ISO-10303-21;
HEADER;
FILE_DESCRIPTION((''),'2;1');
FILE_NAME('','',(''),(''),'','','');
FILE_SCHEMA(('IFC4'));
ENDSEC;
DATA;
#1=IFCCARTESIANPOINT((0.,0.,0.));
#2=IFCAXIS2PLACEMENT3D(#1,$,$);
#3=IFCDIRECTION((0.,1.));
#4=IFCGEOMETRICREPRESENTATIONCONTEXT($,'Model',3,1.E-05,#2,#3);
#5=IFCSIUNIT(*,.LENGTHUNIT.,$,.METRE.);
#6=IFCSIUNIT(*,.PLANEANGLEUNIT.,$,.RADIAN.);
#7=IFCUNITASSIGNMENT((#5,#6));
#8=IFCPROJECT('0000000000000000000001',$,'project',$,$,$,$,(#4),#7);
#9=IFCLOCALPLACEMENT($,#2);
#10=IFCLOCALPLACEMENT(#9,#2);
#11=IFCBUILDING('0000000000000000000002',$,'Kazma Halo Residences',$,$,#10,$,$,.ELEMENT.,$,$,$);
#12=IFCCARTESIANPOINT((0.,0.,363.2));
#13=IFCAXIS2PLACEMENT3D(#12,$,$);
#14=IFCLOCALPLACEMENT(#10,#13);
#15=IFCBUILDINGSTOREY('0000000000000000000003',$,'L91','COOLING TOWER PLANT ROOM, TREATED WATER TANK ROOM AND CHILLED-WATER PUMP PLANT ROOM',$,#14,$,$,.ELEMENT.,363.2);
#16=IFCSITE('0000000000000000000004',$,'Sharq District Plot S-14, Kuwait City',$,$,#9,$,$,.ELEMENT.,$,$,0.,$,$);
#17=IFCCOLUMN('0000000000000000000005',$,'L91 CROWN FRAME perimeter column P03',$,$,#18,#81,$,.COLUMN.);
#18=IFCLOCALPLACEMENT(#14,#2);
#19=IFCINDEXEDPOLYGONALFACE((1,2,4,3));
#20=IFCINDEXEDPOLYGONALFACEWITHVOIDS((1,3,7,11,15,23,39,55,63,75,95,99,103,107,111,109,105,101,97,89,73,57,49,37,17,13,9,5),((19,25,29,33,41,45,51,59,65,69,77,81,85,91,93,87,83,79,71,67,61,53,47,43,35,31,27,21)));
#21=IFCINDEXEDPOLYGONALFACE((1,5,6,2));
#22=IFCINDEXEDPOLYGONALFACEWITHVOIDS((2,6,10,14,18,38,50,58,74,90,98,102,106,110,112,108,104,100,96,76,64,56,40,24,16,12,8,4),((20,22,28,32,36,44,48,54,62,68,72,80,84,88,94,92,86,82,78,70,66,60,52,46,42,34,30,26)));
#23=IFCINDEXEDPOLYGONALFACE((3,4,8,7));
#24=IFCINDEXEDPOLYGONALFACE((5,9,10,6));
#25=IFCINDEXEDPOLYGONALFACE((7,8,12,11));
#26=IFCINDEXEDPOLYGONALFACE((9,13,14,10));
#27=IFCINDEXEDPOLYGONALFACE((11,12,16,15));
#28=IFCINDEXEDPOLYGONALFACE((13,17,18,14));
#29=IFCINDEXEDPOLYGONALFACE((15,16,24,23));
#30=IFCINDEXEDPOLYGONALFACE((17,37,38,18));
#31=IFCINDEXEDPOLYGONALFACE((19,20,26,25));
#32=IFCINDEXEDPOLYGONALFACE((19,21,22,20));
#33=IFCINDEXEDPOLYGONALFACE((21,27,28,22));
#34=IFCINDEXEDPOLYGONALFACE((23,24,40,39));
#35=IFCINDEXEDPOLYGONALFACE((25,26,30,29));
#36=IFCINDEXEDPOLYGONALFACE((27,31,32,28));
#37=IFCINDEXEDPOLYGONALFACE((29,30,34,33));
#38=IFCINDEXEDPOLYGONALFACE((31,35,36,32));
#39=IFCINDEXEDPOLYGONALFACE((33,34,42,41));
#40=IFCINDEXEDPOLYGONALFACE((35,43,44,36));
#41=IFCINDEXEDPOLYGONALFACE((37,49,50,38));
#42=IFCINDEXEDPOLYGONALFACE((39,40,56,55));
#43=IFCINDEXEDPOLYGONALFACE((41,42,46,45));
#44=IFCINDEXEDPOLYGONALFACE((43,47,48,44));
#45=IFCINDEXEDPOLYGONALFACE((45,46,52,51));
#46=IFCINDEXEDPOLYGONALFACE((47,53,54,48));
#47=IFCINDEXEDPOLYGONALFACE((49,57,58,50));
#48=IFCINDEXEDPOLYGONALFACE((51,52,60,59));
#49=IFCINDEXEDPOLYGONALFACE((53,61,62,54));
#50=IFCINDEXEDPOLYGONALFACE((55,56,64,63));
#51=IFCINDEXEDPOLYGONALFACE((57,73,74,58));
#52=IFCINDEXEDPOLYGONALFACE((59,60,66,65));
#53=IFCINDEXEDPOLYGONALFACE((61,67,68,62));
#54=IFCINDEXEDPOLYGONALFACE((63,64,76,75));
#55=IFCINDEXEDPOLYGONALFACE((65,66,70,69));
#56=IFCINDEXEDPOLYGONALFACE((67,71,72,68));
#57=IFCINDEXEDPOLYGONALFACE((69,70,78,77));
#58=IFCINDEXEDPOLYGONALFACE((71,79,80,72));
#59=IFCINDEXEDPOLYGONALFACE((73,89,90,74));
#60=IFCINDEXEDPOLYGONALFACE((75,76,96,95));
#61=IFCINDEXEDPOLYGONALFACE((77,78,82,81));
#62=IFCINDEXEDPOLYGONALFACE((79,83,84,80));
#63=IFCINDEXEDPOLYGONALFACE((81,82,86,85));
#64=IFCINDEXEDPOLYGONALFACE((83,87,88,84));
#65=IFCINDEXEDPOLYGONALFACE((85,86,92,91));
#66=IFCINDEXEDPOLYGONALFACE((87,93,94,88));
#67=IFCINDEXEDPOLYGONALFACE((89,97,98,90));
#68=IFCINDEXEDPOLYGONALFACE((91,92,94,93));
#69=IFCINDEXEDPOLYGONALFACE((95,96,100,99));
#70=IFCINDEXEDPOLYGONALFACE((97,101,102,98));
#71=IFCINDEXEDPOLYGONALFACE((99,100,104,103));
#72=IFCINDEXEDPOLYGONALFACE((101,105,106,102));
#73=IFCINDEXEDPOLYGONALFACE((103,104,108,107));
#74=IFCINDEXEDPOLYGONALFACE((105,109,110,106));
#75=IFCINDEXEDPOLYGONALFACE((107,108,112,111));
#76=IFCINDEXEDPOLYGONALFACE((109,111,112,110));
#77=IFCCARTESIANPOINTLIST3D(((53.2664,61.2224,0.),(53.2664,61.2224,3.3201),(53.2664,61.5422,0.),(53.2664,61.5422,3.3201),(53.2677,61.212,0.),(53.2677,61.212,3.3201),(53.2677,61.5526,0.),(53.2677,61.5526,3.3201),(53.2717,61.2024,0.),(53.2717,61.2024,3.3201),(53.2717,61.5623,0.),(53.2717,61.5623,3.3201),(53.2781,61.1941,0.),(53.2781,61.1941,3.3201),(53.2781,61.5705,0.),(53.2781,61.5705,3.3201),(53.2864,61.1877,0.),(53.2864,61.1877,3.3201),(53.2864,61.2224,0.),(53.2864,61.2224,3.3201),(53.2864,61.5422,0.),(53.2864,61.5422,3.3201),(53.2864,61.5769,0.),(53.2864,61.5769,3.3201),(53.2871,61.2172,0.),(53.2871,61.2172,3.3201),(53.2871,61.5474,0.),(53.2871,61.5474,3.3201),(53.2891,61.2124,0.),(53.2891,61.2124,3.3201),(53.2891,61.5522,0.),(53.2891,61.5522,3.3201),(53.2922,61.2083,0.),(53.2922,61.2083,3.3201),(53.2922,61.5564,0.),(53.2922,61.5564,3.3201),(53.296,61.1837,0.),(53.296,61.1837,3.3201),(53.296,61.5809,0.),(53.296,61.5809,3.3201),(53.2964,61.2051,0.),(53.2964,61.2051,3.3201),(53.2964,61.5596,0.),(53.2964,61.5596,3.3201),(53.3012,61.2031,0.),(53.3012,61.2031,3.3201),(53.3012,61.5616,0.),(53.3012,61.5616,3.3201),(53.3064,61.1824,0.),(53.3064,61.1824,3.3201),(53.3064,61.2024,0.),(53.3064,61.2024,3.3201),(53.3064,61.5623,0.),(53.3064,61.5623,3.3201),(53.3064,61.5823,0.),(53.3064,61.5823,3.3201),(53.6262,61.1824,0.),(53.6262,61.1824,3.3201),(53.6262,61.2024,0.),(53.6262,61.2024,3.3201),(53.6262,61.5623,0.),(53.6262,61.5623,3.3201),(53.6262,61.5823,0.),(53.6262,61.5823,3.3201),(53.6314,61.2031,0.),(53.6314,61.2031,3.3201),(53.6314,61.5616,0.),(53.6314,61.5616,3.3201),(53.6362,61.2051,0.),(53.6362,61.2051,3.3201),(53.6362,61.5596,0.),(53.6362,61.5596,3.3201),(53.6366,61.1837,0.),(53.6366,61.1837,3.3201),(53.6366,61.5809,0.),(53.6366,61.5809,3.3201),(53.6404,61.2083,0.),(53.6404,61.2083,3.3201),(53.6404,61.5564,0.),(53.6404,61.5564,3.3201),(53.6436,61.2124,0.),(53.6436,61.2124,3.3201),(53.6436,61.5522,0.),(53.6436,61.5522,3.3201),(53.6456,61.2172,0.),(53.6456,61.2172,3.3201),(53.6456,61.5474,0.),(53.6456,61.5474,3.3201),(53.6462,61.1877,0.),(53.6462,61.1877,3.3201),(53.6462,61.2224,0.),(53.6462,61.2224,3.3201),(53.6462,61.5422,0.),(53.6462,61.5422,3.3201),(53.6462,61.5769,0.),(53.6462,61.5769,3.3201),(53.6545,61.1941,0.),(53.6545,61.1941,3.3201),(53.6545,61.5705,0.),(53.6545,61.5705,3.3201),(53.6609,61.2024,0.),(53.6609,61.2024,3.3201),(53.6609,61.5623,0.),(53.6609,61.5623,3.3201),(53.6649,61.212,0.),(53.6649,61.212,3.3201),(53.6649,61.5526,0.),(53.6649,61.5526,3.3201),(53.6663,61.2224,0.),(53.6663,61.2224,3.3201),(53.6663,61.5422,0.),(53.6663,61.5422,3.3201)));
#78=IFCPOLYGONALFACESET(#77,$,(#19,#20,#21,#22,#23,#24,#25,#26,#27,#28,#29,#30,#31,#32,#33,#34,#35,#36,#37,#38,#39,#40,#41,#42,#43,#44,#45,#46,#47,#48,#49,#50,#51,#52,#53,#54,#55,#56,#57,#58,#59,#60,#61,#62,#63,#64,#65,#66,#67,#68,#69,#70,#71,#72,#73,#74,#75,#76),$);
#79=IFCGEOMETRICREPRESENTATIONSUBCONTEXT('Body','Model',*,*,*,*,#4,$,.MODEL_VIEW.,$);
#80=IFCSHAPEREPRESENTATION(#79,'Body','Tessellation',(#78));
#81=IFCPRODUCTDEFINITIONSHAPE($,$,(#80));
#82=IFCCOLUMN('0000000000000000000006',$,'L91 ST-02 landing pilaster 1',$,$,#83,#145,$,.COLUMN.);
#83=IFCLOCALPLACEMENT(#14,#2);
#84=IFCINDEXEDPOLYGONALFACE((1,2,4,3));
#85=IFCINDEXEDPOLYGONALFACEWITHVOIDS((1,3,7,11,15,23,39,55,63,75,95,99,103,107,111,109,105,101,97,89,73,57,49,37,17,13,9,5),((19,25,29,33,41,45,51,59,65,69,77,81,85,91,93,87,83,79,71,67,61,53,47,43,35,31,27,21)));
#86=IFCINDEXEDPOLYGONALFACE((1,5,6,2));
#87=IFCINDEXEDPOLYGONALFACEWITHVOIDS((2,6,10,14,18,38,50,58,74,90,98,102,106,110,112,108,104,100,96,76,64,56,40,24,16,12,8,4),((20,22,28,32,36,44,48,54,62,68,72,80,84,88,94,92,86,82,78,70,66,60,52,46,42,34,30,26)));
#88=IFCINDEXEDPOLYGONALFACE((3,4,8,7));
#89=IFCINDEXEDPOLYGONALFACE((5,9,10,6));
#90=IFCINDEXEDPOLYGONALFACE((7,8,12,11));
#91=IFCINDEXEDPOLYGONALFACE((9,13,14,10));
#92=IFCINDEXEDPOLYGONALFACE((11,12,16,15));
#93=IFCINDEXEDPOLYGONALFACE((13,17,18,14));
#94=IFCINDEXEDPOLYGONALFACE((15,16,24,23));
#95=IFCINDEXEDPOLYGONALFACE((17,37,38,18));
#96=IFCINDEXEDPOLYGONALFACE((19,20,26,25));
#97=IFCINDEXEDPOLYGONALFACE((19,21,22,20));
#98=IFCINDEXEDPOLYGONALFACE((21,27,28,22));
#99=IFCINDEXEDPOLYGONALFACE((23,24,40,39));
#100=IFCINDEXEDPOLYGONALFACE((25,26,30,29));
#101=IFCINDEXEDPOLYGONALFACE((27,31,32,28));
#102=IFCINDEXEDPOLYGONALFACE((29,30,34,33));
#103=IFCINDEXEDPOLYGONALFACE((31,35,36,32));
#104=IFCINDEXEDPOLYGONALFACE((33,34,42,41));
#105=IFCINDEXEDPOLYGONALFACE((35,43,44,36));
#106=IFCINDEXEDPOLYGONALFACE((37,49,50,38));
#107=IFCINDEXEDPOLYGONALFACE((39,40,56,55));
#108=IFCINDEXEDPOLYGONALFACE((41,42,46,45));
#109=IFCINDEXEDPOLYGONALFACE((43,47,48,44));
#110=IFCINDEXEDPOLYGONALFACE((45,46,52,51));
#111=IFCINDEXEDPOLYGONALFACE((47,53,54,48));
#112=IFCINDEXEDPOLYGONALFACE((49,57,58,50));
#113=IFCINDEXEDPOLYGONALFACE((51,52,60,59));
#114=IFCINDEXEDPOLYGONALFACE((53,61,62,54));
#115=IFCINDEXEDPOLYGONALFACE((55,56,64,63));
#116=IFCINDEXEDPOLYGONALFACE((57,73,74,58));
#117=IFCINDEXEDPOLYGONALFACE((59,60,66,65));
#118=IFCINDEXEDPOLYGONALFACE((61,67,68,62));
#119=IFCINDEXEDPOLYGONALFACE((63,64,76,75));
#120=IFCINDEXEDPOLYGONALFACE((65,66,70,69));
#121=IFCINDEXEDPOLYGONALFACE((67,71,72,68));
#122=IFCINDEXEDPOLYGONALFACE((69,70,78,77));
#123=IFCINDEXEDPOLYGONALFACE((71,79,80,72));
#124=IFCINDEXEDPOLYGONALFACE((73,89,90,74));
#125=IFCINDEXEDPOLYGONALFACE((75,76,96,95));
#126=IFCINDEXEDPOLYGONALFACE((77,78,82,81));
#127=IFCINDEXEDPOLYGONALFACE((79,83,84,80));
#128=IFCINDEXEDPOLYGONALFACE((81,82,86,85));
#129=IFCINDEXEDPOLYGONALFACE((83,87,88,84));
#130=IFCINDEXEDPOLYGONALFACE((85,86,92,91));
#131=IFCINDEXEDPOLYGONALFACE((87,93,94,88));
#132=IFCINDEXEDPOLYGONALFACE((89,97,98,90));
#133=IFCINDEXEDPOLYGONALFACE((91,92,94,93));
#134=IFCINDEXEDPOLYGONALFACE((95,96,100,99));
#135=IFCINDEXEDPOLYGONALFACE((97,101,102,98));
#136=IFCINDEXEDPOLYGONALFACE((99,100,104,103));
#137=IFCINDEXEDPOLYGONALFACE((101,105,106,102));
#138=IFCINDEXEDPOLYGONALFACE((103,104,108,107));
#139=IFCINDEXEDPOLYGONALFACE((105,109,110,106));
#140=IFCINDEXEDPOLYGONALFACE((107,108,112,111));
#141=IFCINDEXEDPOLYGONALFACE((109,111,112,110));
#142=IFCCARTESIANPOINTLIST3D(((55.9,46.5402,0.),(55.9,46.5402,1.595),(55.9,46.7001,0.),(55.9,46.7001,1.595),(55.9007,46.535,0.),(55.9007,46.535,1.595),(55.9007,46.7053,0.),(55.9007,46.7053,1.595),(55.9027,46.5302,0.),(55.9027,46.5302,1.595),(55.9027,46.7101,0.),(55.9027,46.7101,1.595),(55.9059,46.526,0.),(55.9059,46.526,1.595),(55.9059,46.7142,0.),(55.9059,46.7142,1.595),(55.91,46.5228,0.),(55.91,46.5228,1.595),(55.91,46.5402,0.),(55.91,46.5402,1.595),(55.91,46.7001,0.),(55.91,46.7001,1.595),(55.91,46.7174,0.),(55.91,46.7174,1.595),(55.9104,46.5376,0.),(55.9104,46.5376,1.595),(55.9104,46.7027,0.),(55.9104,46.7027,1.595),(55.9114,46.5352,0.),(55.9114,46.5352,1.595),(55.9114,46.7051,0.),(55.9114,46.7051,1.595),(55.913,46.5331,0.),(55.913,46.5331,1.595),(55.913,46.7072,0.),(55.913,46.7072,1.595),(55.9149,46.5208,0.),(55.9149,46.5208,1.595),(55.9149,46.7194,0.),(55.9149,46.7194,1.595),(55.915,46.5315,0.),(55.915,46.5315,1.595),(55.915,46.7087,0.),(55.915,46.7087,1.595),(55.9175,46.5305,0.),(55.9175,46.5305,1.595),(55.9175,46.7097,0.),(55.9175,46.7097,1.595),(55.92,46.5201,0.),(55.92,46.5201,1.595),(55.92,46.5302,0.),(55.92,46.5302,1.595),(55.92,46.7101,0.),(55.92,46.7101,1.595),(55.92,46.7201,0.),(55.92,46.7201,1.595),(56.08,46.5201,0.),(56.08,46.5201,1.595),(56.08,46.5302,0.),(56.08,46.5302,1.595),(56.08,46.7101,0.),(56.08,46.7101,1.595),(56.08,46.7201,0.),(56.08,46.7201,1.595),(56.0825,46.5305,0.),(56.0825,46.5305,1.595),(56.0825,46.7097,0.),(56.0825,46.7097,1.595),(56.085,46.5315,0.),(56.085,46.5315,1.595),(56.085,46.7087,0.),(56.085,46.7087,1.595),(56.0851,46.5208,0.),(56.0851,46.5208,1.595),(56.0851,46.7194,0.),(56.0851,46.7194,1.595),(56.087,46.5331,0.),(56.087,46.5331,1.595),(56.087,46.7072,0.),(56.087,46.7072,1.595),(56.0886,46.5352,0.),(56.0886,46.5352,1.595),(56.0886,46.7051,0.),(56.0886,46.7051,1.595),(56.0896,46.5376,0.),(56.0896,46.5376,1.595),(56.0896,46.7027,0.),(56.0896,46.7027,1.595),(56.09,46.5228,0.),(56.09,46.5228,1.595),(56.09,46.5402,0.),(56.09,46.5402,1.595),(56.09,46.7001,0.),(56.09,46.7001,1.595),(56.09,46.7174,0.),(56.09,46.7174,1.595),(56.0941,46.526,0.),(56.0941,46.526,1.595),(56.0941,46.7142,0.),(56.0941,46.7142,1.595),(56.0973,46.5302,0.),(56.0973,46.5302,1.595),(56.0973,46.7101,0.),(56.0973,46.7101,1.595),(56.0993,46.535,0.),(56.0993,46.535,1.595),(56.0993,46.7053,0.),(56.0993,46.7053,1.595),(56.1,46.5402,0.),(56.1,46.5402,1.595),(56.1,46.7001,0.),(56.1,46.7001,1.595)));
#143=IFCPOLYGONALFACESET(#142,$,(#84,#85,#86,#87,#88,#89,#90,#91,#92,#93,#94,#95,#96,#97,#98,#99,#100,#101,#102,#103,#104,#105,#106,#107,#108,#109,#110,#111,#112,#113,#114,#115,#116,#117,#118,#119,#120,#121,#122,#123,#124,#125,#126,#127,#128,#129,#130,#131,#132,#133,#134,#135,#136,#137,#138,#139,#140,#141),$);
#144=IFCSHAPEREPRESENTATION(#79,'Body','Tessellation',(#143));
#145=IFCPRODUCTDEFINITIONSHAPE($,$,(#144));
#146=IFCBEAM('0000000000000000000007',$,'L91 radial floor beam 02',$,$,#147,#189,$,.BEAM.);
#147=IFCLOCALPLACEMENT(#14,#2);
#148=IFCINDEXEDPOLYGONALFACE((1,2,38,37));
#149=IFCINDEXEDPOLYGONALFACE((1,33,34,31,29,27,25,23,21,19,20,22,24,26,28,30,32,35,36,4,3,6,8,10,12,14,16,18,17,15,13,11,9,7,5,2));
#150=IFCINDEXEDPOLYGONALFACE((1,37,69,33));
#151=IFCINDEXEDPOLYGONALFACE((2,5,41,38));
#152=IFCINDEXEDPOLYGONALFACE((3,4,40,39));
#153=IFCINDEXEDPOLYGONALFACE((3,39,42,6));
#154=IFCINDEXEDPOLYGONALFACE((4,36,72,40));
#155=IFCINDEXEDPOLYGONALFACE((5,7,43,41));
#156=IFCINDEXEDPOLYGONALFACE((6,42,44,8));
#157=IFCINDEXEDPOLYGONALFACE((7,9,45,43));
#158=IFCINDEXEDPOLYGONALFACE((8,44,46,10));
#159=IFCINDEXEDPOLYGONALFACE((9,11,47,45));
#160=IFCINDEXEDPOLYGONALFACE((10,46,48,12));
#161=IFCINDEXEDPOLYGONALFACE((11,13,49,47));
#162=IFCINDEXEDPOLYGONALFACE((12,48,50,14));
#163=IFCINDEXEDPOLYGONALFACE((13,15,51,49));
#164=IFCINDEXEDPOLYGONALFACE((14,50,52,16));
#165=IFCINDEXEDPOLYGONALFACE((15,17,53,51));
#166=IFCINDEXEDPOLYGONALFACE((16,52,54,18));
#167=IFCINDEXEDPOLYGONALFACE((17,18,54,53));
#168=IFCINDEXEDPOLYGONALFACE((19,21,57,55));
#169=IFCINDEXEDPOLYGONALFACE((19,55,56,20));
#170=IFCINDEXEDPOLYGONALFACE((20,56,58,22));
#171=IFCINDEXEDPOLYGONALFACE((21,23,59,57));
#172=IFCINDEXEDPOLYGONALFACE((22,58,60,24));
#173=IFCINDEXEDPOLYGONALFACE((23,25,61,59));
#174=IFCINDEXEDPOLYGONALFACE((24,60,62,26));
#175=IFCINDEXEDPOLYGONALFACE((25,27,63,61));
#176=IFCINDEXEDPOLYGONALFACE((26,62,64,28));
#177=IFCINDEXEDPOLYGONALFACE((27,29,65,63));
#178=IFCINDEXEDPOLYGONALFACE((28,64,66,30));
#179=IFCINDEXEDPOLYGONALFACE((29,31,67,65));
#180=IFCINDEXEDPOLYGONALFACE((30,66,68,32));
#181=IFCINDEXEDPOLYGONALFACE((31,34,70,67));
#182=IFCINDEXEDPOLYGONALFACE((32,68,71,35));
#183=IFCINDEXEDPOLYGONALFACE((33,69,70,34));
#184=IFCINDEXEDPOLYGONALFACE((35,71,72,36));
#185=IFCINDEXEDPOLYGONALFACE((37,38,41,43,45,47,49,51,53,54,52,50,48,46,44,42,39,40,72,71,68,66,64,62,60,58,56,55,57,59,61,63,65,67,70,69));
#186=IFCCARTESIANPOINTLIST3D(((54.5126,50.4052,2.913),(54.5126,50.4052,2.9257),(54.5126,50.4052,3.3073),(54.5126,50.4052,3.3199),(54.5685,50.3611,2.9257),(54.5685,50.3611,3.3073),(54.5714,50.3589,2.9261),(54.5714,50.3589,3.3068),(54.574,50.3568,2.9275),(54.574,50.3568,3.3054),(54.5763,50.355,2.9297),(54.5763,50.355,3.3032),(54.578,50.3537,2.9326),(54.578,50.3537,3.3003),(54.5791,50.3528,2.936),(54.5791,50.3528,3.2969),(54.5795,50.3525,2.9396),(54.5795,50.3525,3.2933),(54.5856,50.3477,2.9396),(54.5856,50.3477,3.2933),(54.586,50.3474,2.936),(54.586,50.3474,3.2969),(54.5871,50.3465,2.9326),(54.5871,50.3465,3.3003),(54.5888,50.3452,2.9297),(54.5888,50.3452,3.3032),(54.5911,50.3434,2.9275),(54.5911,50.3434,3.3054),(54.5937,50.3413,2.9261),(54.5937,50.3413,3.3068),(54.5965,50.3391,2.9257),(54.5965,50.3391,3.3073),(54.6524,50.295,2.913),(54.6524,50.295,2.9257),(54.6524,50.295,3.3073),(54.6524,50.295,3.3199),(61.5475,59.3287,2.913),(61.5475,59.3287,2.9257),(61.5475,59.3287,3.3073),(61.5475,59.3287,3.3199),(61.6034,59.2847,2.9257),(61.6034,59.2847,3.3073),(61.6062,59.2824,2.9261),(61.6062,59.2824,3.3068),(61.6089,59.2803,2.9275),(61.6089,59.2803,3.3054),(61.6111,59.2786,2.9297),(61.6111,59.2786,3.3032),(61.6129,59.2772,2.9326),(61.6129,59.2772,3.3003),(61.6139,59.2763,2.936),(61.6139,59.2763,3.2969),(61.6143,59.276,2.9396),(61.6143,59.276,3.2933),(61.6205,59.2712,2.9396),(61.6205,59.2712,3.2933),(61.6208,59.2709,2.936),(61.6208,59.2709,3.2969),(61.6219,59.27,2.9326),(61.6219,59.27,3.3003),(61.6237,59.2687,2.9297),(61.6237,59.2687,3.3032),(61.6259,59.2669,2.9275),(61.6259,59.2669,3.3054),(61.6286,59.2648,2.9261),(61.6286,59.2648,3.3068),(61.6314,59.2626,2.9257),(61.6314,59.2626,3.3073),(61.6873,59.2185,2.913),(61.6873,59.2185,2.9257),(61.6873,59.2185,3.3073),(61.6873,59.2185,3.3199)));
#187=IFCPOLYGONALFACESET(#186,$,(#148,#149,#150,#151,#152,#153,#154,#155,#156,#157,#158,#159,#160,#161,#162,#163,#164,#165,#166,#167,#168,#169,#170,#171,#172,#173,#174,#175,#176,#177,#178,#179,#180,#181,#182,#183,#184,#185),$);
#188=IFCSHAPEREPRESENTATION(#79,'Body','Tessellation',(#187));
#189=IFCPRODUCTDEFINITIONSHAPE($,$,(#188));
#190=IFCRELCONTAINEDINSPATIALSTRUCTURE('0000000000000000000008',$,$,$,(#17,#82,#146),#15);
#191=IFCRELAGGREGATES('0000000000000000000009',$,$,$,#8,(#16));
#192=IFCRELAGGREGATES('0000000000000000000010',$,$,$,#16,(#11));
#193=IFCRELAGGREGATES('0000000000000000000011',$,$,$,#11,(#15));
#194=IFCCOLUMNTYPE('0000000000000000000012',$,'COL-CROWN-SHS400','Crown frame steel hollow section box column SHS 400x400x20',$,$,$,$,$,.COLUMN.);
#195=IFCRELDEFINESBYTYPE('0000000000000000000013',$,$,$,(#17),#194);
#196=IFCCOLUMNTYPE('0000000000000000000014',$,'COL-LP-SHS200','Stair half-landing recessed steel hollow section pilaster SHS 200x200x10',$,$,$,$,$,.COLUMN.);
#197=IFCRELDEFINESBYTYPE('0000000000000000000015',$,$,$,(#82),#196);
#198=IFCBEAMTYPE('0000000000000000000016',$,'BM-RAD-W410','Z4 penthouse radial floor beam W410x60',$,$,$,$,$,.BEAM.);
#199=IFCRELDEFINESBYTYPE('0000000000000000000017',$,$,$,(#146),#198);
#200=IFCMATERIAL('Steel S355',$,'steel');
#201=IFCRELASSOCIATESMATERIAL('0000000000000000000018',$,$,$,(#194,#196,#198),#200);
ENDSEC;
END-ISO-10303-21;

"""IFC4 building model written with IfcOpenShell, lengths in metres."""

from ifc_helpers import new_model, si_unit, direction, frame, origin, origin_2d, place, context, subcontext, project, spatial, hollow_rectangle, i_section, extrude, material, material_profile, profile_set, type_object, element, save


model = new_model("IFC4")

# Units and contexts
model_context = context("Model", 3, precision=1e-05, world=origin(), true_north=direction((0.0, 1.0)))
body_context = subcontext(model_context, "Body", "Model", "MODEL_VIEW")
ifc_project = project(units=[si_unit("LENGTHUNIT", "METRE"), si_unit("PLANEANGLEUNIT", "RADIAN")], contexts=[model_context])

# Site, building, storey
site_placement = place(None, origin())
site = spatial("IfcSite", under=ifc_project, at=site_placement, Name="Sharq District Plot S-14, Kuwait City", CompositionType="ELEMENT", RefElevation=0.0)
building_placement = place(site_placement, origin())
building = spatial("IfcBuilding", under=site, at=building_placement, Name="Kazma Halo Residences", CompositionType="ELEMENT")
storey_placement = place(building_placement, frame((0.0, 0.0, 363.2)))
storey = spatial("IfcBuildingStorey", under=building, at=storey_placement, Name="L91", Description="COOLING TOWER PLANT ROOM, TREATED WATER TANK ROOM AND CHILLED-WATER PUMP PLANT ROOM", CompositionType="ELEMENT", Elevation=363.2)

# Columns
ifc_material_1 = material(Name="Steel S355", Category="steel")
ifc_material_profile_1 = material_profile(ifc_material_1, hollow_rectangle(XDim=0.3999, YDim=0.3999, WallThickness=0.02, InnerFilletRadius=0.02, OuterFilletRadius=0.04, at=origin_2d()), Name="SHS400x400x20")
ifc_profile_set_1 = profile_set([ifc_material_profile_1], Name="Steel S355")
column_type_1 = type_object("IfcColumnType", Name="COL-CROWN-SHS400", Description="Crown frame steel hollow section box column SHS 400x400x20", PredefinedType="COLUMN", material=ifc_profile_set_1)
column_1_placement = place(storey_placement, frame((53.4663, 61.3823, 0.0), z_axis=(0.0, 0.0, 1.0), x_axis=(1.0, 0.0, 0.0)))
element("IfcColumn", 1, at=column_1_placement, inside=storey, type_object=column_type_1, Name="L91 CROWN FRAME perimeter column P03", PredefinedType="COLUMN", context=body_context, shape_type="SweptSolid", body=[
    extrude(hollow_rectangle(XDim=0.3999, YDim=0.3999, WallThickness=0.02, InnerFilletRadius=0.02, OuterFilletRadius=0.04, at=origin_2d()), origin(), (0.0, 0.0, 1.0), 3.3201),
])
ifc_material_profile_2 = material_profile(ifc_material_1, hollow_rectangle(XDim=0.2, YDim=0.2, WallThickness=0.01, InnerFilletRadius=0.01, OuterFilletRadius=0.02, at=origin_2d()), Name="SHS200x200x10")
ifc_profile_set_2 = profile_set([ifc_material_profile_2], Name="Steel S355")
column_type_2 = type_object("IfcColumnType", Name="COL-LP-SHS200", Description="Stair half-landing recessed steel hollow section pilaster SHS 200x200x10", PredefinedType="COLUMN", material=ifc_profile_set_2)
column_2_placement = place(storey_placement, frame((56.0, 46.6201, 0.0), z_axis=(0.0, 0.0, 1.0), x_axis=(1.0, 0.0, 0.0)))
element("IfcColumn", 2, at=column_2_placement, inside=storey, type_object=column_type_2, Name="L91 ST-02 landing pilaster 1", PredefinedType="COLUMN", context=body_context, shape_type="SweptSolid", body=[
    extrude(hollow_rectangle(XDim=0.2, YDim=0.2, WallThickness=0.01, InnerFilletRadius=0.01, OuterFilletRadius=0.02, at=origin_2d()), origin(), (0.0, 0.0, 1.0), 1.595),
])

# Beam
ifc_material_profile_3 = material_profile(ifc_material_1, i_section(OverallWidth=0.178, OverallDepth=0.407, WebThickness=0.0078, FlangeThickness=0.0127, FilletRadius=0.0139, at=origin_2d()), Name="W410x60")
ifc_profile_set_3 = profile_set([ifc_material_profile_3], Name="Steel S355")
beam_type_1 = type_object("IfcBeamType", Name="BM-RAD-W410", Description="Z4 penthouse radial floor beam W410x60", PredefinedType="BEAM", material=ifc_profile_set_3)
beam_1_placement = place(storey_placement, frame((54.5825, 50.3501, 3.1165), z_axis=(0.619101, 0.785312, 0.0), x_axis=(-0.785312, 0.619101, 0.0)))
element("IfcBeam", 3, at=beam_1_placement, inside=storey, type_object=beam_type_1, Name="L91 radial floor beam 02", PredefinedType="BEAM", context=body_context, shape_type="SweptSolid", body=[
    extrude(i_section(OverallWidth=0.178, OverallDepth=0.407, WebThickness=0.0078, FlangeThickness=0.0127, FilletRadius=0.0139, at=origin_2d()), origin(), (0.0, 0.0, 1.0), 11.363),
])

save(model, "model.ifc")
